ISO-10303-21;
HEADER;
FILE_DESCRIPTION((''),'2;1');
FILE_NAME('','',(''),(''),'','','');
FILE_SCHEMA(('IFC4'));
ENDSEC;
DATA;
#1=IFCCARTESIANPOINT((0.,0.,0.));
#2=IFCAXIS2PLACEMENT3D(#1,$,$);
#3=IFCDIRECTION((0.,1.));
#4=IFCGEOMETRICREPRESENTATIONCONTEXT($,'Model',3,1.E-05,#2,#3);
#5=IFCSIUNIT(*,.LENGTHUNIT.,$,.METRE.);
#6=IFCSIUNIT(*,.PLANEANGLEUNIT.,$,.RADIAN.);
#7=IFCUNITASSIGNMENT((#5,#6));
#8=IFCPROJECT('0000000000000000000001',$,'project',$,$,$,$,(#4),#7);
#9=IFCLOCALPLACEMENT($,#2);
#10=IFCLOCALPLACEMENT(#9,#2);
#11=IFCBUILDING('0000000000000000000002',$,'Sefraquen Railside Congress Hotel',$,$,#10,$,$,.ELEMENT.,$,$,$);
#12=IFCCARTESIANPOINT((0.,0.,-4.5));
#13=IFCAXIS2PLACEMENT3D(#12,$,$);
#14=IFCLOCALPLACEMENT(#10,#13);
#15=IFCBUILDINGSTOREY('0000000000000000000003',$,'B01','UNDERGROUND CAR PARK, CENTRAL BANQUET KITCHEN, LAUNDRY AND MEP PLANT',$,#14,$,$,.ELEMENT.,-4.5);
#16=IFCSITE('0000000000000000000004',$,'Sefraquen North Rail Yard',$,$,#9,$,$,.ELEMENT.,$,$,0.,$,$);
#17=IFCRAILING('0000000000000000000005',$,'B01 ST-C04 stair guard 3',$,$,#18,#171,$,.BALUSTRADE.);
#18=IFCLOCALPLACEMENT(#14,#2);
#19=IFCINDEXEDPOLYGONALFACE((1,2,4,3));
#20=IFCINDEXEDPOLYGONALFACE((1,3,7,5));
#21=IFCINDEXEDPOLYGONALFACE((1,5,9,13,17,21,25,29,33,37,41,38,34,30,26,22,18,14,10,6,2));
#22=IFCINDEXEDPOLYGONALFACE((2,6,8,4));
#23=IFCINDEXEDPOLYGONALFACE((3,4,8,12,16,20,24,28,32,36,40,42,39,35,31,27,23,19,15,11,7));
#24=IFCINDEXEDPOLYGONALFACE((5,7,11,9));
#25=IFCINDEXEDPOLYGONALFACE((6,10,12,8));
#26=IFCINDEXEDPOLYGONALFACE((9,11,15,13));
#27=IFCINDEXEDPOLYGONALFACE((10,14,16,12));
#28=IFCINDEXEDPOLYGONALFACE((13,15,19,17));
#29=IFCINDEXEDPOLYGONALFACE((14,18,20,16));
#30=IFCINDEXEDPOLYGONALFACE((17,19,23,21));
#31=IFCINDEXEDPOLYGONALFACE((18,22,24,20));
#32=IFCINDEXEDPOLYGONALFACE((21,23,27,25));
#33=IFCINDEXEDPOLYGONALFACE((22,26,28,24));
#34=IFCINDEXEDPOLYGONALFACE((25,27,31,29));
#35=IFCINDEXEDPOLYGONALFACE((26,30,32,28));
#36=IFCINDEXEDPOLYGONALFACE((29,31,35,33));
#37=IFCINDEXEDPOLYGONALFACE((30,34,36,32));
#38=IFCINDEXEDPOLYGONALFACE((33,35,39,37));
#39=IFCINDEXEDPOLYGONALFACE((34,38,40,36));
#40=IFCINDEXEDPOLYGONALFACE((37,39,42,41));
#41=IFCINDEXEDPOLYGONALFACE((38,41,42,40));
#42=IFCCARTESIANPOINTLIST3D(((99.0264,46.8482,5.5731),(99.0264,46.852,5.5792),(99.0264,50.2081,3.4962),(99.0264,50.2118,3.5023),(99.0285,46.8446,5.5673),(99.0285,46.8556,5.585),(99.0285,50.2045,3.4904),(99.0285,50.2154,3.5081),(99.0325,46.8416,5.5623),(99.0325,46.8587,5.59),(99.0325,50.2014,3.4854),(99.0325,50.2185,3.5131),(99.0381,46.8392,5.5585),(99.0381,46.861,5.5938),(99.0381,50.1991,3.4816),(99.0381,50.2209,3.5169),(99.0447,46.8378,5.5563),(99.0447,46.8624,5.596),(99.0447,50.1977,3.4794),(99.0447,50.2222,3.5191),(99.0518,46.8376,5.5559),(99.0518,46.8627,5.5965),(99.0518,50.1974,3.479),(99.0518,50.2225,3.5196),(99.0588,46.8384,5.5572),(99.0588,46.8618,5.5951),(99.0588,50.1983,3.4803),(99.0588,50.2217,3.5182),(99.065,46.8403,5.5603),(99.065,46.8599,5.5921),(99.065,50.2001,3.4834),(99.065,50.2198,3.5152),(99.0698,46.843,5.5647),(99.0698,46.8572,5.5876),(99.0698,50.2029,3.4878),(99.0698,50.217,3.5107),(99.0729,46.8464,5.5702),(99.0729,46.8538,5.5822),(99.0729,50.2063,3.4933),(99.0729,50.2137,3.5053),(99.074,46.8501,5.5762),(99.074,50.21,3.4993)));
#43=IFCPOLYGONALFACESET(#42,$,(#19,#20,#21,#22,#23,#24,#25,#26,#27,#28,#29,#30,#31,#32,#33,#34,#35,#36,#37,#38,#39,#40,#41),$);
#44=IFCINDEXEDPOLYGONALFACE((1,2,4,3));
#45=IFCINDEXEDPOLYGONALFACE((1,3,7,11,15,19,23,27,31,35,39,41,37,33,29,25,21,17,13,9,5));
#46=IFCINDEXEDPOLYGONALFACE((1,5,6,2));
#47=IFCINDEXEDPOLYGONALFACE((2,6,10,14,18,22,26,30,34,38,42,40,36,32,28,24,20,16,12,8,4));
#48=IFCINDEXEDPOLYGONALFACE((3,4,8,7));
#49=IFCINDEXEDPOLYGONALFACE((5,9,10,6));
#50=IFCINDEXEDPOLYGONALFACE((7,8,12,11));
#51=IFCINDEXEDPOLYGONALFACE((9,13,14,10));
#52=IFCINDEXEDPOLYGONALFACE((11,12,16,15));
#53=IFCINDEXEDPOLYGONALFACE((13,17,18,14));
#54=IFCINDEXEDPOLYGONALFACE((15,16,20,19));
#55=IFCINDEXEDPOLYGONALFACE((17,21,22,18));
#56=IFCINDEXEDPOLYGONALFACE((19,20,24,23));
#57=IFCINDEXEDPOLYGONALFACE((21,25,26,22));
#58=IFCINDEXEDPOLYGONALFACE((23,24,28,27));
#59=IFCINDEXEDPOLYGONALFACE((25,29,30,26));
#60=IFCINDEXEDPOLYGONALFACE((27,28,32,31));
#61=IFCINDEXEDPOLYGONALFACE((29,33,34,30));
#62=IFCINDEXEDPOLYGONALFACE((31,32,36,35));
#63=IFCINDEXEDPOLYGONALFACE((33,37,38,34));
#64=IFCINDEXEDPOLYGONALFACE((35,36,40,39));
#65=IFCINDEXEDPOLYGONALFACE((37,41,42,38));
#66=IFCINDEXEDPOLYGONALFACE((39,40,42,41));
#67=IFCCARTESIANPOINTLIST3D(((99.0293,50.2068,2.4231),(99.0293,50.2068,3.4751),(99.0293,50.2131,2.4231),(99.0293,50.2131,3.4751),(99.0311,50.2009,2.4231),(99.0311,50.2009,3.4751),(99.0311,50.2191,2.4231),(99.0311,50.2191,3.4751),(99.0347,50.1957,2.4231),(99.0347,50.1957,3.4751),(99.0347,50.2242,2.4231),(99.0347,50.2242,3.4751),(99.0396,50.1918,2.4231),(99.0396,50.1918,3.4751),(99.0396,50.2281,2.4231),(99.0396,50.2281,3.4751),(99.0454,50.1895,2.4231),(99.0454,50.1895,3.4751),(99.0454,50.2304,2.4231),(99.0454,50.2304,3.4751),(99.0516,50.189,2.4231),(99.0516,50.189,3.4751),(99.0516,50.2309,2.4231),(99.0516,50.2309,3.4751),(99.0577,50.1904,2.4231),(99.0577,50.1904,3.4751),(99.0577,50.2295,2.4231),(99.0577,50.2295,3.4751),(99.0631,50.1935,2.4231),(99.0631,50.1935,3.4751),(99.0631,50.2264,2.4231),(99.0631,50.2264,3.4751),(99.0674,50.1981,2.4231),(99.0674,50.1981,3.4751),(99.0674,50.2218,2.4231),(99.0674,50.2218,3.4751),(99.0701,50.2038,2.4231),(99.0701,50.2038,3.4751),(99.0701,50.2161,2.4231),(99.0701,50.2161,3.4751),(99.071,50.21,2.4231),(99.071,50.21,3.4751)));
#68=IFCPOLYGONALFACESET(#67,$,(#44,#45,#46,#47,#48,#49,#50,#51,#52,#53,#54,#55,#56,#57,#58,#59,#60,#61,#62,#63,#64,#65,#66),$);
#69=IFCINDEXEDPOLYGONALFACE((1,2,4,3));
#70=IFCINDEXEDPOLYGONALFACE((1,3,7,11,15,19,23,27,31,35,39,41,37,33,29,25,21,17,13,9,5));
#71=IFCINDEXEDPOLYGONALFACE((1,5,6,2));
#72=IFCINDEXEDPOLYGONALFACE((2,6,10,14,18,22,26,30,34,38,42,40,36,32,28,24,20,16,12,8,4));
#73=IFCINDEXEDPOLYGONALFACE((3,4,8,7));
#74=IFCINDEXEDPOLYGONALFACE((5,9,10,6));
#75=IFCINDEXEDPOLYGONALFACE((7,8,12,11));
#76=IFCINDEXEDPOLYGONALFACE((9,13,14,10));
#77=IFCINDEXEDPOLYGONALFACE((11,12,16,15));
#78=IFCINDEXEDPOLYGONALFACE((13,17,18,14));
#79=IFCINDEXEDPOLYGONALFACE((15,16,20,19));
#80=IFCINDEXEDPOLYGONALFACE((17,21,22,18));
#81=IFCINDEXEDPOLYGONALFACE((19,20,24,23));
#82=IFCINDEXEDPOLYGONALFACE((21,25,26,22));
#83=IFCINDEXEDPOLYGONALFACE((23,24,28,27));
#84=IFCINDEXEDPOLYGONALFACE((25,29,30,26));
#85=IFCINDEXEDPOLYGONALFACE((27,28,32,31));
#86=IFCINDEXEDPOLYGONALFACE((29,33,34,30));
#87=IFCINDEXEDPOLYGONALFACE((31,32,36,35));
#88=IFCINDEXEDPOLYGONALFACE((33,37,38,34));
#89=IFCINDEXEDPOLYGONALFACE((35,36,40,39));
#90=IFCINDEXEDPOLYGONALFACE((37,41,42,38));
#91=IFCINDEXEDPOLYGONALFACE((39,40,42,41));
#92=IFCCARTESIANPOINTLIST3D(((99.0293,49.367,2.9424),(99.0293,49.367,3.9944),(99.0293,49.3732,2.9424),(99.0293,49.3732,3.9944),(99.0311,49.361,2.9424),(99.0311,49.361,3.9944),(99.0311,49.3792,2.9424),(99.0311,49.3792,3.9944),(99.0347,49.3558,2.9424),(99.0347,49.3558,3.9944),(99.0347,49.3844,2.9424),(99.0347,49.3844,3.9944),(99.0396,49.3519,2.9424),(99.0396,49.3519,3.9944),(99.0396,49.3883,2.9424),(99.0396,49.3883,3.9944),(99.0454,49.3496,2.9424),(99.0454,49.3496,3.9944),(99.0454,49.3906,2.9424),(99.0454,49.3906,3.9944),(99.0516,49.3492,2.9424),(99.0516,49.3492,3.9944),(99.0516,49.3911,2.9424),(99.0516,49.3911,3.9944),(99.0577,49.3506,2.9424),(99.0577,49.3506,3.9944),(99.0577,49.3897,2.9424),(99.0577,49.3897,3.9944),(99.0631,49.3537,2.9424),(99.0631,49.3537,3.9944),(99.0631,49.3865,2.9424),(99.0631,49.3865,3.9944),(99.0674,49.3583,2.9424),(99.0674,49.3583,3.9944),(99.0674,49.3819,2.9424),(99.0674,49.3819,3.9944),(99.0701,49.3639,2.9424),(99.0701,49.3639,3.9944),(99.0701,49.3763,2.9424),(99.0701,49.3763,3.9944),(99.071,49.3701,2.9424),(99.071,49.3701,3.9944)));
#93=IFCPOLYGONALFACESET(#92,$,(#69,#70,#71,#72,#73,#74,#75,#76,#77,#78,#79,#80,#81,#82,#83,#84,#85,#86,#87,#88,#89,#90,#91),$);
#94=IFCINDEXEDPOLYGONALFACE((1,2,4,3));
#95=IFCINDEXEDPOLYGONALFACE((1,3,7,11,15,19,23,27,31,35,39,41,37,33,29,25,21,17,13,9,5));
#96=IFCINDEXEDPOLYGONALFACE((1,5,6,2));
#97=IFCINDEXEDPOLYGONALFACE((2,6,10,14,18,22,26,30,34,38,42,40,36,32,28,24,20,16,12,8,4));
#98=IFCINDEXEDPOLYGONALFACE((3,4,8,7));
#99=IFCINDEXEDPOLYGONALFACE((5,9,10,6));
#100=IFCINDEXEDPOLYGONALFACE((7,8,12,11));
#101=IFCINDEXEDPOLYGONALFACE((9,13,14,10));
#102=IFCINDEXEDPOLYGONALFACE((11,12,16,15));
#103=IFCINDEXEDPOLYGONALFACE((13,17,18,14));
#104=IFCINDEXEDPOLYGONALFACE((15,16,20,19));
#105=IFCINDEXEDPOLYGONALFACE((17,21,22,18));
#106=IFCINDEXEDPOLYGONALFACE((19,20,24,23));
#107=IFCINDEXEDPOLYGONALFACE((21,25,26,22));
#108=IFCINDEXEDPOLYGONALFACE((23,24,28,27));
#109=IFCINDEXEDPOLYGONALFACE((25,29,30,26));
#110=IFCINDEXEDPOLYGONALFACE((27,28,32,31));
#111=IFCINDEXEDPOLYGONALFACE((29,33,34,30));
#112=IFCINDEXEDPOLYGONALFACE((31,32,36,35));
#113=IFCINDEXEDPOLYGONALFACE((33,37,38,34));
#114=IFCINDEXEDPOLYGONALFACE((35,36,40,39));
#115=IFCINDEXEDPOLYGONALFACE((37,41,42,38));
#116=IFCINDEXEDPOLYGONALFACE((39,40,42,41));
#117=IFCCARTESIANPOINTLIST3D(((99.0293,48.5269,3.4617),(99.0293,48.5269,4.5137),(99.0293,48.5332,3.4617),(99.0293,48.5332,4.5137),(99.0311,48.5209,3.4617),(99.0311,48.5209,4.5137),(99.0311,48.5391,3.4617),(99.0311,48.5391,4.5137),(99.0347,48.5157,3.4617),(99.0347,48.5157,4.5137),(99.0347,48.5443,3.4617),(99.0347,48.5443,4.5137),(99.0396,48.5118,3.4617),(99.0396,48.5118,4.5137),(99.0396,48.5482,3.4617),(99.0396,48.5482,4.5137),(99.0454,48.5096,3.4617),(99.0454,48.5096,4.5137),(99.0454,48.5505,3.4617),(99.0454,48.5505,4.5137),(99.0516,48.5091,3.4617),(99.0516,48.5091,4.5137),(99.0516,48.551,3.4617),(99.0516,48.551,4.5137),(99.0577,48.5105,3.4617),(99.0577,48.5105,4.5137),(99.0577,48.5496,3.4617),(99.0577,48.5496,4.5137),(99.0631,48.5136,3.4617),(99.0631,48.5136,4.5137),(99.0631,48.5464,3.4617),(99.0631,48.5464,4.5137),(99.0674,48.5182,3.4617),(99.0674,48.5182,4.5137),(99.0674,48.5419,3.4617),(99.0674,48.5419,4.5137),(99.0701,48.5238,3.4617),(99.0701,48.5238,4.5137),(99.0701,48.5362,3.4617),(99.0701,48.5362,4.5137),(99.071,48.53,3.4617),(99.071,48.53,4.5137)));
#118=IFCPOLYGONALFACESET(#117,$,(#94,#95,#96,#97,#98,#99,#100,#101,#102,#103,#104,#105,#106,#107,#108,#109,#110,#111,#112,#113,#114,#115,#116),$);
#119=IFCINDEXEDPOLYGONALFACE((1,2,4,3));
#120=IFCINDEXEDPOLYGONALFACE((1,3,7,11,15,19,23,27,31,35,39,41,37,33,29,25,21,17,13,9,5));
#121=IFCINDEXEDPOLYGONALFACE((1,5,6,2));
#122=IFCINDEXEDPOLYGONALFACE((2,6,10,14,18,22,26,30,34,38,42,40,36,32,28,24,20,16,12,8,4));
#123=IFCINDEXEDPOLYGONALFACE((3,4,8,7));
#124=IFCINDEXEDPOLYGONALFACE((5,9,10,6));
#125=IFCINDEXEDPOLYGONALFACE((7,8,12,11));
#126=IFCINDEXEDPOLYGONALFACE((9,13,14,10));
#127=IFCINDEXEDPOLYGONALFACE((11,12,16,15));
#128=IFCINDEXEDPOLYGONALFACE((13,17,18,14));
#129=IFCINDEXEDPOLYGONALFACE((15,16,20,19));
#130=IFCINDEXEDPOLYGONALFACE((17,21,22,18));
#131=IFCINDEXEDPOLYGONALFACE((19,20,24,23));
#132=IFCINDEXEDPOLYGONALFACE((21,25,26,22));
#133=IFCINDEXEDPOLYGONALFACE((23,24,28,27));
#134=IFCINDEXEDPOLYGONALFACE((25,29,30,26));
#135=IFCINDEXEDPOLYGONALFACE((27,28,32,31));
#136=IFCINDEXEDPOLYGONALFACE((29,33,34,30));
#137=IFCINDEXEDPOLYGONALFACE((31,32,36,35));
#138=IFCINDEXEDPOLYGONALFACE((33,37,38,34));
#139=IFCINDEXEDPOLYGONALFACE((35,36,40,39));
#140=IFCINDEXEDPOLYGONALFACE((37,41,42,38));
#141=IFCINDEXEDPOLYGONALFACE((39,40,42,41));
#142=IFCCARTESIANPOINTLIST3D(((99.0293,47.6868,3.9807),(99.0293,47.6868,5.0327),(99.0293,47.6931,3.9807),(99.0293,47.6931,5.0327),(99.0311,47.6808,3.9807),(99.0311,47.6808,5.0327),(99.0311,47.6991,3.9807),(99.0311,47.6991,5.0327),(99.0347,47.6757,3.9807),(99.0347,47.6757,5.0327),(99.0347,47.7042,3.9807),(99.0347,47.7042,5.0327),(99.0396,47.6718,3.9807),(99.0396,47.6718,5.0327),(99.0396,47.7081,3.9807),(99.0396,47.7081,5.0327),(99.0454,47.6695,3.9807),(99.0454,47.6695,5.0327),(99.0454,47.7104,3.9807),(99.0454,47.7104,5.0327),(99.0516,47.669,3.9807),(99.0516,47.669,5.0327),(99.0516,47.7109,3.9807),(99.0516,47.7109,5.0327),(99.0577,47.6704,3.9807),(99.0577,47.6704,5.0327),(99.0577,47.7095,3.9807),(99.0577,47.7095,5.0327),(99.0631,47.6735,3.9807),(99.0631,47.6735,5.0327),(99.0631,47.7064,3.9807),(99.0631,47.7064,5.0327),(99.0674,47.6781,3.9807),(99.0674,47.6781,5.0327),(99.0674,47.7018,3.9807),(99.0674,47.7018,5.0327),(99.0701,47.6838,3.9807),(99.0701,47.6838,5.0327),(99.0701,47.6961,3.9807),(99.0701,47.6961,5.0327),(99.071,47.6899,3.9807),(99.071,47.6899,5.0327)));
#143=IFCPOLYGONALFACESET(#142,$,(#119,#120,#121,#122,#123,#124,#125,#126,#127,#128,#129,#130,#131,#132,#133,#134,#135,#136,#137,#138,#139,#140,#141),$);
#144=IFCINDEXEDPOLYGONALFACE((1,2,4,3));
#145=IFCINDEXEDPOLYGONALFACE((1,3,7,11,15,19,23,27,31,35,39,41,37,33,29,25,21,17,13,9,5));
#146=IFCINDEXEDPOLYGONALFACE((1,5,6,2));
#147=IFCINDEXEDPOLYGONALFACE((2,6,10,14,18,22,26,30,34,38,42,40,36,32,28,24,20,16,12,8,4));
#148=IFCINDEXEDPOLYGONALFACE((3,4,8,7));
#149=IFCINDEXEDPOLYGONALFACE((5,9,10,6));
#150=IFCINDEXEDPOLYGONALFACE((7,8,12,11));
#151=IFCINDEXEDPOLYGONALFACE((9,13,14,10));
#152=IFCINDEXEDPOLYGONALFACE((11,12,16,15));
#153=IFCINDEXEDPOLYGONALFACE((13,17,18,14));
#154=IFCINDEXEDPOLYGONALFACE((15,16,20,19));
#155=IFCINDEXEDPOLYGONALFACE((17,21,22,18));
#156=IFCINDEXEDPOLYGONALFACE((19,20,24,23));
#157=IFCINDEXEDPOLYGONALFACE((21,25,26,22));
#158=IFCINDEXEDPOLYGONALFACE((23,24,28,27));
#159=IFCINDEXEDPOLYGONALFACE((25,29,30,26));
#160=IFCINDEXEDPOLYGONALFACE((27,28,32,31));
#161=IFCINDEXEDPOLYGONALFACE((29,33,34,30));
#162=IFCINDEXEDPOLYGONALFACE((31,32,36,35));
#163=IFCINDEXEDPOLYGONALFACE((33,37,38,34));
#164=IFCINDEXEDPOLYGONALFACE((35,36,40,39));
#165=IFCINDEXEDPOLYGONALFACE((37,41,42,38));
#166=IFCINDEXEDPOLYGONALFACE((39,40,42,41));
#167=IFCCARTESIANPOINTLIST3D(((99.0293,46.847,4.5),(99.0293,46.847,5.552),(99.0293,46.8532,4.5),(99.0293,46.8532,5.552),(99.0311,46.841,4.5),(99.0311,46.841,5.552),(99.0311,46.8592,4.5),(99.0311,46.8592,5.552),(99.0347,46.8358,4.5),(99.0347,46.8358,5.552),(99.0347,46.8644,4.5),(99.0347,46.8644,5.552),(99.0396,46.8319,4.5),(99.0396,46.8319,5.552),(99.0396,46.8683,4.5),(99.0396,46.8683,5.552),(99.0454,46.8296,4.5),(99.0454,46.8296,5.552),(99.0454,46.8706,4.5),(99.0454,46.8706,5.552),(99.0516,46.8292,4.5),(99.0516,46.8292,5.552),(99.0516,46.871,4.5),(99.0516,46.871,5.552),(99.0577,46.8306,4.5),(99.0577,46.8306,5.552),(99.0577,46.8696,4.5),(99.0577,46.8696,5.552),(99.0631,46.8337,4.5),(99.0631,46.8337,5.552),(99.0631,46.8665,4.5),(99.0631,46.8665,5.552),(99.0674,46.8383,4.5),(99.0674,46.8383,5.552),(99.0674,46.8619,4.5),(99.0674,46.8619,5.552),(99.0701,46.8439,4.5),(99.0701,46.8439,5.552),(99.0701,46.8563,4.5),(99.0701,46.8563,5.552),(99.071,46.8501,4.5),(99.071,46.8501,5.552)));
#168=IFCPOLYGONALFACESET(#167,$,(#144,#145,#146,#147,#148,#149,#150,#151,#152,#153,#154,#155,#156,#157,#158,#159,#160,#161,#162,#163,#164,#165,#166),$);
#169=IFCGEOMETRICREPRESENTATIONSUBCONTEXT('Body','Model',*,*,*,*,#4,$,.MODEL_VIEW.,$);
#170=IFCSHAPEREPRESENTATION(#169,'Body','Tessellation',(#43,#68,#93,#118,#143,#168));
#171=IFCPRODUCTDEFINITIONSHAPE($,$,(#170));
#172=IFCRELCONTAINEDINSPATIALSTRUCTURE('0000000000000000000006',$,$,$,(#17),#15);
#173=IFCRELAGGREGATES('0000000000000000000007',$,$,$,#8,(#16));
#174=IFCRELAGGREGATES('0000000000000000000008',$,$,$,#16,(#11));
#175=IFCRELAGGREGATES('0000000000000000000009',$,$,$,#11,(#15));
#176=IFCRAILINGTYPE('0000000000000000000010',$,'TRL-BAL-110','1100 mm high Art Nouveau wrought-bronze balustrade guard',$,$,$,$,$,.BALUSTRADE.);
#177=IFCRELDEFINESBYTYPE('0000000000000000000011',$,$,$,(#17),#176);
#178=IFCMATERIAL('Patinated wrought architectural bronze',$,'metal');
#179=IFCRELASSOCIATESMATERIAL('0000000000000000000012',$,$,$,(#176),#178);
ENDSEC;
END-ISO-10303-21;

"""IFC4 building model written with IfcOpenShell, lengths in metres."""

from ifc_helpers import new_model, si_unit, direction, frame, origin, origin_2d, place, context, subcontext, project, spatial, circle, extrude, material, type_object, element, save


model = new_model("IFC4")

# Units and contexts
model_context = context("Model", 3, precision=1e-05, world=origin(), true_north=direction((0.0, 1.0)))
body_context = subcontext(model_context, "Body", "Model", "MODEL_VIEW")
ifc_project = project(units=[si_unit("LENGTHUNIT", "METRE"), si_unit("PLANEANGLEUNIT", "RADIAN")], contexts=[model_context])

# Site, building, storey
site_placement = place(None, origin())
site = spatial("IfcSite", under=ifc_project, at=site_placement, Name="Sefraquen North Rail Yard", CompositionType="ELEMENT", RefElevation=0.0)
building_placement = place(site_placement, origin())
building = spatial("IfcBuilding", under=site, at=building_placement, Name="Sefraquen Railside Congress Hotel", CompositionType="ELEMENT")
storey_placement = place(building_placement, frame((0.0, 0.0, -4.5)))
storey = spatial("IfcBuildingStorey", under=building, at=storey_placement, Name="B01", Description="UNDERGROUND CAR PARK, CENTRAL BANQUET KITCHEN, LAUNDRY AND MEP PLANT", CompositionType="ELEMENT", Elevation=-4.5)

# Railing
ifc_material_1 = material(Name="Patinated wrought architectural bronze", Category="metal")
railing_type_1 = type_object("IfcRailingType", Name="TRL-BAL-110", Description="1100 mm high Art Nouveau wrought-bronze balustrade guard", PredefinedType="BALUSTRADE", material=ifc_material_1)
railing_1_placement = place(storey_placement, frame((99.05, 50.21, 2.4231)))
element("IfcRailing", 1, at=railing_1_placement, inside=storey, type_object=railing_type_1, Name="B01 ST-C04 stair guard 3", PredefinedType="BALUSTRADE", context=body_context, shape_type="SweptSolid", body=[
    extrude(circle(Radius=0.0239, at=origin_2d()), frame((0.0, 0.0, 1.0762), z_axis=(0.0, -0.850606, 0.525803), x_axis=(1.0, 0.0, 0.0)), (0.0, 0.0, 1.0), 3.95),
    extrude(circle(Radius=0.021, at=origin_2d()), origin(), (0.0, 0.0, 1.0), 1.052),
    extrude(circle(Radius=0.021, at=origin_2d()), frame((0.0, -0.8398, 0.5193)), (0.0, 0.0, 1.0), 1.052),
    extrude(circle(Radius=0.021, at=origin_2d()), frame((0.0, -1.6799, 1.0386)), (0.0, 0.0, 1.0), 1.052),
    extrude(circle(Radius=0.021, at=origin_2d()), frame((0.0, -2.52, 1.5576)), (0.0, 0.0, 1.0), 1.052),
    extrude(circle(Radius=0.021, at=origin_2d()), frame((0.0, -3.3599, 2.0769)), (0.0, 0.0, 1.0), 1.052),
])

save(model, "model.ifc")
